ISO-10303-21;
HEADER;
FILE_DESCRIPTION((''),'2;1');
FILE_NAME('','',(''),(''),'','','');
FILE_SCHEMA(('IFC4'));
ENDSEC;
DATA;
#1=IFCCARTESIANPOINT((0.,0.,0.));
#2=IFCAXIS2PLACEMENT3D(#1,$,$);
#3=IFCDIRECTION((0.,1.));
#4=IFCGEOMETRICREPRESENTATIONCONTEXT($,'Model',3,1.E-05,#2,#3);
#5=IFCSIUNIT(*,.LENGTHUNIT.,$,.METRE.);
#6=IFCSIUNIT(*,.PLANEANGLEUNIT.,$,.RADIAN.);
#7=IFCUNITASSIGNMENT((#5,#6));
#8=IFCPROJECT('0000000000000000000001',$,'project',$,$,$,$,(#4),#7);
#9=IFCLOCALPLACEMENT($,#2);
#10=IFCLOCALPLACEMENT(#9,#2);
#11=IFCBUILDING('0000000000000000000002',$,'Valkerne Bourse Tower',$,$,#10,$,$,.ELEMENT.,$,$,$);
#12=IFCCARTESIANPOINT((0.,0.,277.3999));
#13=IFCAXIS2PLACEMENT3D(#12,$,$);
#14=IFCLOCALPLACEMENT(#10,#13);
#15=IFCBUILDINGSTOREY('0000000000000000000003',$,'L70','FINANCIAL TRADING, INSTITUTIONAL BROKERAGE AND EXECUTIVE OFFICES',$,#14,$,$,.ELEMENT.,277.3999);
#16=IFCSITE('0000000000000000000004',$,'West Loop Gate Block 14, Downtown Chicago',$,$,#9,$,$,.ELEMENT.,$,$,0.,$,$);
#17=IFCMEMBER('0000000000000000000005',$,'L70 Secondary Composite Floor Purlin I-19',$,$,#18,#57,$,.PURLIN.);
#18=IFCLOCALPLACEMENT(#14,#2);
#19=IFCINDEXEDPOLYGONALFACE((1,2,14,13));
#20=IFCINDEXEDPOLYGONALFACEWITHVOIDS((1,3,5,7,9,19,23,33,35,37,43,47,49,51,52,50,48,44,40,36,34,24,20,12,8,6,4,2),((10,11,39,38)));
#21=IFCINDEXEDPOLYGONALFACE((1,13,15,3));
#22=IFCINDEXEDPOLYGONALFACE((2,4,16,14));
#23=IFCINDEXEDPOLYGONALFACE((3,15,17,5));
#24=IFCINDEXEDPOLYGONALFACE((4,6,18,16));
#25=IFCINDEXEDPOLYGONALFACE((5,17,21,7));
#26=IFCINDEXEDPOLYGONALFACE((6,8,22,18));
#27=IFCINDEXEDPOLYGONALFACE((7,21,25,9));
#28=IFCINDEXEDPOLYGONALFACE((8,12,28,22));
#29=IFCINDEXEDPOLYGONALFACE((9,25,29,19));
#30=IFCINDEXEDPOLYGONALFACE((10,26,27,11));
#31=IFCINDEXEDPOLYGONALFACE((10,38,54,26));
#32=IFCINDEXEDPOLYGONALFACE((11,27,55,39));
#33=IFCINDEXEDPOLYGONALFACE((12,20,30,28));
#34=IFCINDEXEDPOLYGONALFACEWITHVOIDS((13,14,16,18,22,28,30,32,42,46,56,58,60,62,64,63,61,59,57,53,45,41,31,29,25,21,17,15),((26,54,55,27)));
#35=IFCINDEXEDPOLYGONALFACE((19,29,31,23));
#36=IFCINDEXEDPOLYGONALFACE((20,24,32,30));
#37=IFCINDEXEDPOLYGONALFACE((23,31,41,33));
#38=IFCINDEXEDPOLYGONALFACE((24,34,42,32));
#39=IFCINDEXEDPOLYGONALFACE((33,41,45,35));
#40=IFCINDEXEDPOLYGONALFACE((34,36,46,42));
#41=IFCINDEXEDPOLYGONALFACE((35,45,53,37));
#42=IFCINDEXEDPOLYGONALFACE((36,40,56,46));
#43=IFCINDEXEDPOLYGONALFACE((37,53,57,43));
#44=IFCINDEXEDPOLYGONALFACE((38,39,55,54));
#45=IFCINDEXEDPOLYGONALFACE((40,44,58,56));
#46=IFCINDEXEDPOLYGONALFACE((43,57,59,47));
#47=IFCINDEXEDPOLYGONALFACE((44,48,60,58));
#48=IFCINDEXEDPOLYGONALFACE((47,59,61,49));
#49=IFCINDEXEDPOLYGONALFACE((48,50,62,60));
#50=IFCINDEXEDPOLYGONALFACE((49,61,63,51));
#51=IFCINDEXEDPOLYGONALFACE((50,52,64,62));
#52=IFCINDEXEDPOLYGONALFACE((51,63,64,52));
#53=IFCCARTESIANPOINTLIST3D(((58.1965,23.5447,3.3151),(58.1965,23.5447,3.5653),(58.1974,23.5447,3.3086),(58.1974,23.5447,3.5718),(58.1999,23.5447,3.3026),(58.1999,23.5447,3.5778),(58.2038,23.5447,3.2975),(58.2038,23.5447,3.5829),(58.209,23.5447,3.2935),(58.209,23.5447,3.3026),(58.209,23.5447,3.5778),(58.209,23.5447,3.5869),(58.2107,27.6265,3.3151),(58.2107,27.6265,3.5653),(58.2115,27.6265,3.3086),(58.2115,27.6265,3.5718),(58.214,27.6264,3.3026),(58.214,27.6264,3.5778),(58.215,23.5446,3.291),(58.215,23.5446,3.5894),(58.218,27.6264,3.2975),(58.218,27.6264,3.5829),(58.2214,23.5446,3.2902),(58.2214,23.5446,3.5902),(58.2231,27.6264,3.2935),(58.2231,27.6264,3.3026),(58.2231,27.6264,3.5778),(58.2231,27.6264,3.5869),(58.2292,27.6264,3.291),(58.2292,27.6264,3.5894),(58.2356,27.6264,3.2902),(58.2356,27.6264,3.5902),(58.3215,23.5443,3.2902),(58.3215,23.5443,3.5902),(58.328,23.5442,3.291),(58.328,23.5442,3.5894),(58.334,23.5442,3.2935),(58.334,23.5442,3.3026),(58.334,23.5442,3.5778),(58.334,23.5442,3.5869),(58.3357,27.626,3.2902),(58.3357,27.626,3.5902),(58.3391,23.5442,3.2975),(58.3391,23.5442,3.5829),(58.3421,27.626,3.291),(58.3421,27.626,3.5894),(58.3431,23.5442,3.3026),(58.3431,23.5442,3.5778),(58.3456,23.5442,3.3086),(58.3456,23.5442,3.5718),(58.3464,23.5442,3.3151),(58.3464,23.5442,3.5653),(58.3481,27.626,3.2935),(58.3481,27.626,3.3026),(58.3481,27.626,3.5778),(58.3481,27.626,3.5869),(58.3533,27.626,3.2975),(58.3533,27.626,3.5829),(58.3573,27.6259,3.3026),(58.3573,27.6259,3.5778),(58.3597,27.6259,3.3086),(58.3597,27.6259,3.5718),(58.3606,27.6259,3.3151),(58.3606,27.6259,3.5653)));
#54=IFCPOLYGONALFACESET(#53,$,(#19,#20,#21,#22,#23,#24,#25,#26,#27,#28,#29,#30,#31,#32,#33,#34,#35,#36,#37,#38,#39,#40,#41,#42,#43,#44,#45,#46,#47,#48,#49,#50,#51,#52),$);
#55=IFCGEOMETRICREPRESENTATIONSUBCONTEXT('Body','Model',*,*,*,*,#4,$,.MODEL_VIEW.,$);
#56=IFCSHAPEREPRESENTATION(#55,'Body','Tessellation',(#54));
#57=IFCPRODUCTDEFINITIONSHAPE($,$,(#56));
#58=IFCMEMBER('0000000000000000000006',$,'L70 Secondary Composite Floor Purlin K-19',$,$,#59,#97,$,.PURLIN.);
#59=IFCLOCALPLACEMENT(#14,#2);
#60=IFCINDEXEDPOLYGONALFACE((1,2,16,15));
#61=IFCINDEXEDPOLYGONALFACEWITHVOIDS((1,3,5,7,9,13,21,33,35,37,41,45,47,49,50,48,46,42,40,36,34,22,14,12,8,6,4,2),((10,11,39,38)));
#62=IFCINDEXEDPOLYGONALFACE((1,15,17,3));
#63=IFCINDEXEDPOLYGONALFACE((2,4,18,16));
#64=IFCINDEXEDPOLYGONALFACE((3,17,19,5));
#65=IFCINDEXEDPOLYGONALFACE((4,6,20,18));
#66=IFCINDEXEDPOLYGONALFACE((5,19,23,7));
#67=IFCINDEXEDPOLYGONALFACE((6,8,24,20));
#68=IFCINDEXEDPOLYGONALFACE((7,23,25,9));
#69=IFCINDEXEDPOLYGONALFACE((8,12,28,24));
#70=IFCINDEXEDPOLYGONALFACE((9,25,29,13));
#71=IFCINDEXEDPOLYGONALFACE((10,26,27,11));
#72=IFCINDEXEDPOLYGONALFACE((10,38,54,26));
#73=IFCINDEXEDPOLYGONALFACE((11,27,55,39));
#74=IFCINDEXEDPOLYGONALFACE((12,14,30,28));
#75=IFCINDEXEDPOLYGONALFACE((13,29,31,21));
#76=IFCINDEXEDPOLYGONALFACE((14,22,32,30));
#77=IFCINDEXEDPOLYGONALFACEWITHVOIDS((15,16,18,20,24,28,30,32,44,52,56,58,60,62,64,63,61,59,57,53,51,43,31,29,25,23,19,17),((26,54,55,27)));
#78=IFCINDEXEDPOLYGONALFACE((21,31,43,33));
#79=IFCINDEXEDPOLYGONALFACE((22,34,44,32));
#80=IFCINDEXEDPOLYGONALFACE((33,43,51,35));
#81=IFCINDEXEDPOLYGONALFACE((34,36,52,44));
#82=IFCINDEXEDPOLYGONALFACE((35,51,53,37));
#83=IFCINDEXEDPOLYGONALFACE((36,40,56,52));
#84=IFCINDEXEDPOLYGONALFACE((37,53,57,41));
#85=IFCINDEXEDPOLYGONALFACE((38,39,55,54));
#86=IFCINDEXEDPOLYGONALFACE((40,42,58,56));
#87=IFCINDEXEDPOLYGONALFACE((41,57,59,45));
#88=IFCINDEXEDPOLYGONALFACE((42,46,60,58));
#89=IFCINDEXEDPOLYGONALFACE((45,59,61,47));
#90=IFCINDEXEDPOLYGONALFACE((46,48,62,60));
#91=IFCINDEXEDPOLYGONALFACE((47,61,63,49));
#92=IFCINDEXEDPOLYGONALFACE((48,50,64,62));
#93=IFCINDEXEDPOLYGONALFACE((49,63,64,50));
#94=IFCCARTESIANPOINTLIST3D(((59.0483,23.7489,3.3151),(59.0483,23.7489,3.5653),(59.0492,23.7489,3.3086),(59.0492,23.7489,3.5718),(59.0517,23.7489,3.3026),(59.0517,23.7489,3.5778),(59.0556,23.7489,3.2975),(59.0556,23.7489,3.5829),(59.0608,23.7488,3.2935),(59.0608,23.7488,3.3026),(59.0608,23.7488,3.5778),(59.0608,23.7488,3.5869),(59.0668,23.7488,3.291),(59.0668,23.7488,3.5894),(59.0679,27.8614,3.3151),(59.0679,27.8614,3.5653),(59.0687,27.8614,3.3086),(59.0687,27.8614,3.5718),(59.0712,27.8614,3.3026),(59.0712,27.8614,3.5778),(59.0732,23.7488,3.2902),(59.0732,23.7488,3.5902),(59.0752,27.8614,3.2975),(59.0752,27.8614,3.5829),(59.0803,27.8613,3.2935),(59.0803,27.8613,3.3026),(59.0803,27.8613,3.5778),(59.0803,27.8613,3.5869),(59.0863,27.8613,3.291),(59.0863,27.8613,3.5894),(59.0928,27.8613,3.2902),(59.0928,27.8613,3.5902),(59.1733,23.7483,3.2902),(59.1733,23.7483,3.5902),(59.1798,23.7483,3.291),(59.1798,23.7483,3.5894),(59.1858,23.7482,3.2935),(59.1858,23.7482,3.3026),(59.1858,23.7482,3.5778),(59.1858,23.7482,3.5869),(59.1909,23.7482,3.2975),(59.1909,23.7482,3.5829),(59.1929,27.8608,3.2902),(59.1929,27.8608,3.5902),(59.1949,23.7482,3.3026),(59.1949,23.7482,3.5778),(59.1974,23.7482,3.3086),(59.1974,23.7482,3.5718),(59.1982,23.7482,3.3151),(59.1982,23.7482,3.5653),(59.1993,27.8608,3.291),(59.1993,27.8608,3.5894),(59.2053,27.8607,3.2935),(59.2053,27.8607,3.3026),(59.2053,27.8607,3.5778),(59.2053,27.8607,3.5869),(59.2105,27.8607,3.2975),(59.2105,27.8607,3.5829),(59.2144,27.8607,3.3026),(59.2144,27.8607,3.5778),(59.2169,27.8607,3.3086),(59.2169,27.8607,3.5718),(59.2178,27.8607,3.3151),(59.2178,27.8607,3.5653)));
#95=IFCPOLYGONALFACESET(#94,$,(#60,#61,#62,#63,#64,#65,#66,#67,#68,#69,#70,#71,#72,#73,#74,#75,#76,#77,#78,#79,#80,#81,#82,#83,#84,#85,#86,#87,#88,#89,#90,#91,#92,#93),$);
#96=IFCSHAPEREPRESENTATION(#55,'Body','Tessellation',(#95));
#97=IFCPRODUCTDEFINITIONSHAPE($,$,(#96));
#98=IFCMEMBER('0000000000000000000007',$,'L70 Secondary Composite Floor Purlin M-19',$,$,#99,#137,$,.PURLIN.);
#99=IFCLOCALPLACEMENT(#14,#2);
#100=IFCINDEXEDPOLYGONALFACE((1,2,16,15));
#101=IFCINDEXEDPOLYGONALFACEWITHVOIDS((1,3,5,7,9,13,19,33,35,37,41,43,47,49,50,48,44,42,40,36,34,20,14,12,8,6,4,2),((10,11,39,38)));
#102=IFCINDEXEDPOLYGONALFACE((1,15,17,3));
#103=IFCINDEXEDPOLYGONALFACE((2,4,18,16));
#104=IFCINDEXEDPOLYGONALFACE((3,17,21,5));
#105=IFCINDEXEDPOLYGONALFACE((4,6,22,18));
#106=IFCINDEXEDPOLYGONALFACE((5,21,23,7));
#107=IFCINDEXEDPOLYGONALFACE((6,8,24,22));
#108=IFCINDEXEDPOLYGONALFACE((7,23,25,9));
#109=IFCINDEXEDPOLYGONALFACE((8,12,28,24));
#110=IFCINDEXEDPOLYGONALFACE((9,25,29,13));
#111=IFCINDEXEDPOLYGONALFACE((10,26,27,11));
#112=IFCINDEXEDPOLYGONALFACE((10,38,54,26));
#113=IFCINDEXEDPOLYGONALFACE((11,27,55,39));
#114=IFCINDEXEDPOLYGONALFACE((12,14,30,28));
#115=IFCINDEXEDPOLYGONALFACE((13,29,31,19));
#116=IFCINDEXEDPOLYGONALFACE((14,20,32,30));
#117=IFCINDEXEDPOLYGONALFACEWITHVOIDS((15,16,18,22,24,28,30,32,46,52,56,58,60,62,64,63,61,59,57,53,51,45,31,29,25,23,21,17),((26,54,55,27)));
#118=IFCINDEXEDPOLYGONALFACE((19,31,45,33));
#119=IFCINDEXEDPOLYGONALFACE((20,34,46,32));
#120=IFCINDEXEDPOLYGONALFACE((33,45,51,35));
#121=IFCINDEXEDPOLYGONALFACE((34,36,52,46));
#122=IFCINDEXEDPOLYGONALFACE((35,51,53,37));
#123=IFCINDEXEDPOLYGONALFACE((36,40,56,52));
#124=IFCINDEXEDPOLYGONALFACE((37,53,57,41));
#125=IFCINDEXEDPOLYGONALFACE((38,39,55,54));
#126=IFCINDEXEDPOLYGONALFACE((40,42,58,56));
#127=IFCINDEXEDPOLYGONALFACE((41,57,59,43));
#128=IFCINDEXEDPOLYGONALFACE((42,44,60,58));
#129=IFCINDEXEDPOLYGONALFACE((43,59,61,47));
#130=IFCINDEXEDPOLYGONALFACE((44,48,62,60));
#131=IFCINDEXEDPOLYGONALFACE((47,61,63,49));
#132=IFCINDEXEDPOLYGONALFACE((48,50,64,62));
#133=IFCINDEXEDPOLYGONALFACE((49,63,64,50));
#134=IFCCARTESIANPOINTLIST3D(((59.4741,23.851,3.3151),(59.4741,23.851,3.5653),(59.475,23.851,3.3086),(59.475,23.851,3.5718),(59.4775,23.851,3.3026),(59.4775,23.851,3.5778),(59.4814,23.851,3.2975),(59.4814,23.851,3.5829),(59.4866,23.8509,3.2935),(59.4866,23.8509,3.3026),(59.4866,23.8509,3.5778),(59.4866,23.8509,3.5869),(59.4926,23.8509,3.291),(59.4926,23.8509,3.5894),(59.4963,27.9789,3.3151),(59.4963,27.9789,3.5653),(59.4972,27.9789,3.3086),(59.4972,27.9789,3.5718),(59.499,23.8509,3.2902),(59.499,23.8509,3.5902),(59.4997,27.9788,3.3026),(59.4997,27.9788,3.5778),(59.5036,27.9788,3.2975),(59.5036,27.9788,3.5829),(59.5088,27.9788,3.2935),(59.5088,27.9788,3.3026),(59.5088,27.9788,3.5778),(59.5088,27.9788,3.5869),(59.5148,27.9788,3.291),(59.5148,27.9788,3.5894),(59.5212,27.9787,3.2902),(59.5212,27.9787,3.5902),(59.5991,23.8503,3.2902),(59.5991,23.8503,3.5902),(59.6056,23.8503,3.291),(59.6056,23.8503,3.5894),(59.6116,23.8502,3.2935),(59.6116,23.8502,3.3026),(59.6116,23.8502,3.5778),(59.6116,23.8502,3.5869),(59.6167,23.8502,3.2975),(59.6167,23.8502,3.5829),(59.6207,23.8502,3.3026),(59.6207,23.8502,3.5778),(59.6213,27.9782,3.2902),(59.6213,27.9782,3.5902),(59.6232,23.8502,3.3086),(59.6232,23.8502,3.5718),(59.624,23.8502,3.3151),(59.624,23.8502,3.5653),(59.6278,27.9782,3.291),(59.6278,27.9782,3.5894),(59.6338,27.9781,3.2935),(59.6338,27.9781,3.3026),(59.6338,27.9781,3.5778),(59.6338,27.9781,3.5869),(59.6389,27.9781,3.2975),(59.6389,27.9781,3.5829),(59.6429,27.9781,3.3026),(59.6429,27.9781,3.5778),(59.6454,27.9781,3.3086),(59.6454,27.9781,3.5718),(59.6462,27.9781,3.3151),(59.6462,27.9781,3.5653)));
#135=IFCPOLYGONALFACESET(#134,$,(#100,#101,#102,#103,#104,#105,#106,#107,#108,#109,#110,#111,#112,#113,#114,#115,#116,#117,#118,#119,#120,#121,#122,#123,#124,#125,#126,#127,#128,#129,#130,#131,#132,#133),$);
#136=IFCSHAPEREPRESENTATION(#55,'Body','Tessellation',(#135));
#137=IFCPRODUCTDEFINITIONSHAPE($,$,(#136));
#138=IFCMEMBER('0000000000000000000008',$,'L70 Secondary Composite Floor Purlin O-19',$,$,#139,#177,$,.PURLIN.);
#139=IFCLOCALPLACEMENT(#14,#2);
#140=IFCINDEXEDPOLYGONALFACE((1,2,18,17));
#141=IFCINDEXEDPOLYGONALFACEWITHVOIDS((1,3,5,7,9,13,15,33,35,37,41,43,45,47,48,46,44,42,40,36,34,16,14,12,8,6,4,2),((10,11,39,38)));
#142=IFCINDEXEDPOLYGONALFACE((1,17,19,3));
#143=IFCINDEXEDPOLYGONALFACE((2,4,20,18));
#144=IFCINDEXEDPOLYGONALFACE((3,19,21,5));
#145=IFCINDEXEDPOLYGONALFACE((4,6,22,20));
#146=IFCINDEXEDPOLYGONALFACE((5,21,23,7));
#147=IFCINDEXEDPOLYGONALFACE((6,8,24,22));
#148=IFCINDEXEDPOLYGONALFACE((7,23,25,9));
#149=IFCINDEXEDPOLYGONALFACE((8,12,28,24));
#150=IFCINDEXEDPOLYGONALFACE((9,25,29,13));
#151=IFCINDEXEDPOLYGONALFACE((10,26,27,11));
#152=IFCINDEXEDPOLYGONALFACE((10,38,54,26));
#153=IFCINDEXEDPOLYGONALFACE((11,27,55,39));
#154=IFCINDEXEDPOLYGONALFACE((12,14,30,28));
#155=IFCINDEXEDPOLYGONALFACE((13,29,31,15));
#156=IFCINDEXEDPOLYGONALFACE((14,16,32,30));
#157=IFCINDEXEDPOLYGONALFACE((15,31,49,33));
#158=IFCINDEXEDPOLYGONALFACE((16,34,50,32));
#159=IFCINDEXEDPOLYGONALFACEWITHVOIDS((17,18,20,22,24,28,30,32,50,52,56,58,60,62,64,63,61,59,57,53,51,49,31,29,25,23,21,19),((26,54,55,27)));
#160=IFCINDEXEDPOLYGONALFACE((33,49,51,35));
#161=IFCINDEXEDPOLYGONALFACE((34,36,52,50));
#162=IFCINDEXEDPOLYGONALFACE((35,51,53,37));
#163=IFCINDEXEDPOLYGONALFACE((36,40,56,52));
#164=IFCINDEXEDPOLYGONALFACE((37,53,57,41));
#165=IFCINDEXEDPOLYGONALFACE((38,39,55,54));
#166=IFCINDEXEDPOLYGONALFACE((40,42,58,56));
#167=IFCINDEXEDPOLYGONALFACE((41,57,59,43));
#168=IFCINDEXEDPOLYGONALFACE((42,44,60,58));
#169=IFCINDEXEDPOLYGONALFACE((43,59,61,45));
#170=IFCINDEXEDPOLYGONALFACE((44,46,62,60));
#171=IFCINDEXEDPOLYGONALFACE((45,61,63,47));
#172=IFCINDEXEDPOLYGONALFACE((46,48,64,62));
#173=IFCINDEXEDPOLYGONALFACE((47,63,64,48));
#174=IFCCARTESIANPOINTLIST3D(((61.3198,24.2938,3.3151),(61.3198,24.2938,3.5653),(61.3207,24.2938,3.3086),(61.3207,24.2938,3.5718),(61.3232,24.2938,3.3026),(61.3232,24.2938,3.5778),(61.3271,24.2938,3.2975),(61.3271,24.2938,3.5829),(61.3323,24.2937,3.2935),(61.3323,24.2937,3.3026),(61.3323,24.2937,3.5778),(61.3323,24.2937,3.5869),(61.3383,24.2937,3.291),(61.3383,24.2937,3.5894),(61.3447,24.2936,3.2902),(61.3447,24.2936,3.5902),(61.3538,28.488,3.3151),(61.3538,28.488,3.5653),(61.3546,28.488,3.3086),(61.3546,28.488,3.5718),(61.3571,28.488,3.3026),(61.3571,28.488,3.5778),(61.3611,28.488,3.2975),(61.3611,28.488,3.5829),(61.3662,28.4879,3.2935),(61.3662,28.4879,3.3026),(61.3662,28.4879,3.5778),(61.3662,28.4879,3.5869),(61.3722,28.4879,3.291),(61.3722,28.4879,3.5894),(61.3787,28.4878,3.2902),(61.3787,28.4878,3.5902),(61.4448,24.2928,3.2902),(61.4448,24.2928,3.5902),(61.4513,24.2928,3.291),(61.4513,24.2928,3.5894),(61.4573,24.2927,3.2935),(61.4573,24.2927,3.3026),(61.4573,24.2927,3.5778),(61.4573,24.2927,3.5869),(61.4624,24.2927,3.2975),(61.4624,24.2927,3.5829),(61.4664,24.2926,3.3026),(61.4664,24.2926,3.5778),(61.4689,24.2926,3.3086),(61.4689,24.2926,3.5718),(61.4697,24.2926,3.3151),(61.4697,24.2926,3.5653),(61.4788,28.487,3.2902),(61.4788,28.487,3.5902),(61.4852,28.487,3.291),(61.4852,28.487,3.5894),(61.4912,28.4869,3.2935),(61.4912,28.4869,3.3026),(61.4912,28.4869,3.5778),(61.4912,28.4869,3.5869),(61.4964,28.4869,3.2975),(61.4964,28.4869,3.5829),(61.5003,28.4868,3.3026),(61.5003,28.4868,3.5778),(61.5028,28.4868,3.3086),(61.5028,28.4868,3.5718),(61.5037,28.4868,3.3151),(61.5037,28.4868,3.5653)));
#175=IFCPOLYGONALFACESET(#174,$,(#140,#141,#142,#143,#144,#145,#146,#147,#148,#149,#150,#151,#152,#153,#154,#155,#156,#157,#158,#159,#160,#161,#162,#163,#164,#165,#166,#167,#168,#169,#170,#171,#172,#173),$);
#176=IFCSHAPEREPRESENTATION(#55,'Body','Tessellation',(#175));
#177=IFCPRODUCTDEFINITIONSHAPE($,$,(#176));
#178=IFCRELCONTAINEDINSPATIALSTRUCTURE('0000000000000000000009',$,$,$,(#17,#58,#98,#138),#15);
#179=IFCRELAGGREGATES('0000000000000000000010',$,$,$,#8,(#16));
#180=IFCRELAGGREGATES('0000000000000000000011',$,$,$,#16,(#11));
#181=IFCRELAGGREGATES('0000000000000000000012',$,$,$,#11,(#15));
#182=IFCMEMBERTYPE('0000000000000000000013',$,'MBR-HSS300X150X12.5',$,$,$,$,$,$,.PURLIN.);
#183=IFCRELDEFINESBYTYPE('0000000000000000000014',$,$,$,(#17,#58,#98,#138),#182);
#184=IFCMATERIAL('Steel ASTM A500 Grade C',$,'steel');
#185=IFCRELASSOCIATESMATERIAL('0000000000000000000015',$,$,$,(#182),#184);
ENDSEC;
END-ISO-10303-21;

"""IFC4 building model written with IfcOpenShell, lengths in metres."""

from ifc_helpers import new_model, si_unit, direction, frame, origin, origin_2d, place, context, subcontext, project, spatial, hollow_rectangle, extrude, material, material_profile, profile_set, type_object, element, save


model = new_model("IFC4")

# Units and contexts
model_context = context("Model", 3, precision=1e-05, world=origin(), true_north=direction((0.0, 1.0)))
body_context = subcontext(model_context, "Body", "Model", "MODEL_VIEW")
ifc_project = project(units=[si_unit("LENGTHUNIT", "METRE"), si_unit("PLANEANGLEUNIT", "RADIAN")], contexts=[model_context])

# Site, building, storey
site_placement = place(None, origin())
site = spatial("IfcSite", under=ifc_project, at=site_placement, Name="West Loop Gate Block 14, Downtown Chicago", CompositionType="ELEMENT", RefElevation=0.0)
building_placement = place(site_placement, origin())
building = spatial("IfcBuilding", under=site, at=building_placement, Name="Valkerne Bourse Tower", CompositionType="ELEMENT")
storey_placement = place(building_placement, frame((0.0, 0.0, 277.3999)))
storey = spatial("IfcBuildingStorey", under=building, at=storey_placement, Name="L70", Description="FINANCIAL TRADING, INSTITUTIONAL BROKERAGE AND EXECUTIVE OFFICES", CompositionType="ELEMENT", Elevation=277.3999)

# Shared definitions
ifc_material_1 = material(Name="Steel ASTM A500 Grade C", Category="steel")

# Members
ifc_material_profile_1 = material_profile(ifc_material_1, hollow_rectangle(XDim=0.1499, YDim=0.3, WallThickness=0.0125, OuterFilletRadius=0.0249, at=origin_2d()), Name="HSS300X150X12.5")
ifc_profile_set_1 = profile_set([ifc_material_profile_1], Name="Steel ASTM A500 Grade C")
member_type_1 = type_object("IfcMemberType", Name="MBR-HSS300X150X12.5", PredefinedType="PURLIN", material=ifc_profile_set_1)
member_1_placement = place(storey_placement, frame((58.2715, 23.5444, 3.4402), z_axis=(0.003469, 0.999994, 0.0), x_axis=(-0.999994, 0.003469, 0.0)))
element("IfcMember", 1, at=member_1_placement, inside=storey, type_object=member_type_1, Name="L70 Secondary Composite Floor Purlin I-19", PredefinedType="PURLIN", context=body_context, shape_type="SweptSolid", body=[
    extrude(hollow_rectangle(XDim=0.1499, YDim=0.3, WallThickness=0.0125, OuterFilletRadius=0.0249, at=origin_2d()), origin(), (0.0, 0.0, 1.0), 4.0818),
])
member_2_placement = place(storey_placement, frame((59.1233, 23.7485, 3.4402), z_axis=(0.004749, 0.999989, 0.0), x_axis=(-0.999989, 0.004749, 0.0)))
element("IfcMember", 2, at=member_2_placement, inside=storey, type_object=member_type_1, Name="L70 Secondary Composite Floor Purlin K-19", PredefinedType="PURLIN", context=body_context, shape_type="SweptSolid", body=[
    extrude(hollow_rectangle(XDim=0.1499, YDim=0.3, WallThickness=0.0125, OuterFilletRadius=0.0249, at=origin_2d()), origin(), (0.0, 0.0, 1.0), 4.1125),
])
member_3_placement = place(storey_placement, frame((59.5491, 23.8506, 3.4402), z_axis=(0.005382, 0.999986, 0.0), x_axis=(-0.999986, 0.005382, 0.0)))
element("IfcMember", 3, at=member_3_placement, inside=storey, type_object=member_type_1, Name="L70 Secondary Composite Floor Purlin M-19", PredefinedType="PURLIN", context=body_context, shape_type="SweptSolid", body=[
    extrude(hollow_rectangle(XDim=0.1499, YDim=0.3, WallThickness=0.0125, OuterFilletRadius=0.0249, at=origin_2d()), origin(), (0.0, 0.0, 1.0), 4.1279),
])
member_4_placement = place(storey_placement, frame((61.3948, 24.2932, 3.4402), z_axis=(0.008091, 0.999967, 0.0), x_axis=(-0.999967, 0.008091, 0.0)))
element("IfcMember", 4, at=member_4_placement, inside=storey, type_object=member_type_1, Name="L70 Secondary Composite Floor Purlin O-19", PredefinedType="PURLIN", context=body_context, shape_type="SweptSolid", body=[
    extrude(hollow_rectangle(XDim=0.1499, YDim=0.3, WallThickness=0.0125, OuterFilletRadius=0.0249, at=origin_2d()), origin(), (0.0, 0.0, 1.0), 4.1943),
])

save(model, "model.ifc")
